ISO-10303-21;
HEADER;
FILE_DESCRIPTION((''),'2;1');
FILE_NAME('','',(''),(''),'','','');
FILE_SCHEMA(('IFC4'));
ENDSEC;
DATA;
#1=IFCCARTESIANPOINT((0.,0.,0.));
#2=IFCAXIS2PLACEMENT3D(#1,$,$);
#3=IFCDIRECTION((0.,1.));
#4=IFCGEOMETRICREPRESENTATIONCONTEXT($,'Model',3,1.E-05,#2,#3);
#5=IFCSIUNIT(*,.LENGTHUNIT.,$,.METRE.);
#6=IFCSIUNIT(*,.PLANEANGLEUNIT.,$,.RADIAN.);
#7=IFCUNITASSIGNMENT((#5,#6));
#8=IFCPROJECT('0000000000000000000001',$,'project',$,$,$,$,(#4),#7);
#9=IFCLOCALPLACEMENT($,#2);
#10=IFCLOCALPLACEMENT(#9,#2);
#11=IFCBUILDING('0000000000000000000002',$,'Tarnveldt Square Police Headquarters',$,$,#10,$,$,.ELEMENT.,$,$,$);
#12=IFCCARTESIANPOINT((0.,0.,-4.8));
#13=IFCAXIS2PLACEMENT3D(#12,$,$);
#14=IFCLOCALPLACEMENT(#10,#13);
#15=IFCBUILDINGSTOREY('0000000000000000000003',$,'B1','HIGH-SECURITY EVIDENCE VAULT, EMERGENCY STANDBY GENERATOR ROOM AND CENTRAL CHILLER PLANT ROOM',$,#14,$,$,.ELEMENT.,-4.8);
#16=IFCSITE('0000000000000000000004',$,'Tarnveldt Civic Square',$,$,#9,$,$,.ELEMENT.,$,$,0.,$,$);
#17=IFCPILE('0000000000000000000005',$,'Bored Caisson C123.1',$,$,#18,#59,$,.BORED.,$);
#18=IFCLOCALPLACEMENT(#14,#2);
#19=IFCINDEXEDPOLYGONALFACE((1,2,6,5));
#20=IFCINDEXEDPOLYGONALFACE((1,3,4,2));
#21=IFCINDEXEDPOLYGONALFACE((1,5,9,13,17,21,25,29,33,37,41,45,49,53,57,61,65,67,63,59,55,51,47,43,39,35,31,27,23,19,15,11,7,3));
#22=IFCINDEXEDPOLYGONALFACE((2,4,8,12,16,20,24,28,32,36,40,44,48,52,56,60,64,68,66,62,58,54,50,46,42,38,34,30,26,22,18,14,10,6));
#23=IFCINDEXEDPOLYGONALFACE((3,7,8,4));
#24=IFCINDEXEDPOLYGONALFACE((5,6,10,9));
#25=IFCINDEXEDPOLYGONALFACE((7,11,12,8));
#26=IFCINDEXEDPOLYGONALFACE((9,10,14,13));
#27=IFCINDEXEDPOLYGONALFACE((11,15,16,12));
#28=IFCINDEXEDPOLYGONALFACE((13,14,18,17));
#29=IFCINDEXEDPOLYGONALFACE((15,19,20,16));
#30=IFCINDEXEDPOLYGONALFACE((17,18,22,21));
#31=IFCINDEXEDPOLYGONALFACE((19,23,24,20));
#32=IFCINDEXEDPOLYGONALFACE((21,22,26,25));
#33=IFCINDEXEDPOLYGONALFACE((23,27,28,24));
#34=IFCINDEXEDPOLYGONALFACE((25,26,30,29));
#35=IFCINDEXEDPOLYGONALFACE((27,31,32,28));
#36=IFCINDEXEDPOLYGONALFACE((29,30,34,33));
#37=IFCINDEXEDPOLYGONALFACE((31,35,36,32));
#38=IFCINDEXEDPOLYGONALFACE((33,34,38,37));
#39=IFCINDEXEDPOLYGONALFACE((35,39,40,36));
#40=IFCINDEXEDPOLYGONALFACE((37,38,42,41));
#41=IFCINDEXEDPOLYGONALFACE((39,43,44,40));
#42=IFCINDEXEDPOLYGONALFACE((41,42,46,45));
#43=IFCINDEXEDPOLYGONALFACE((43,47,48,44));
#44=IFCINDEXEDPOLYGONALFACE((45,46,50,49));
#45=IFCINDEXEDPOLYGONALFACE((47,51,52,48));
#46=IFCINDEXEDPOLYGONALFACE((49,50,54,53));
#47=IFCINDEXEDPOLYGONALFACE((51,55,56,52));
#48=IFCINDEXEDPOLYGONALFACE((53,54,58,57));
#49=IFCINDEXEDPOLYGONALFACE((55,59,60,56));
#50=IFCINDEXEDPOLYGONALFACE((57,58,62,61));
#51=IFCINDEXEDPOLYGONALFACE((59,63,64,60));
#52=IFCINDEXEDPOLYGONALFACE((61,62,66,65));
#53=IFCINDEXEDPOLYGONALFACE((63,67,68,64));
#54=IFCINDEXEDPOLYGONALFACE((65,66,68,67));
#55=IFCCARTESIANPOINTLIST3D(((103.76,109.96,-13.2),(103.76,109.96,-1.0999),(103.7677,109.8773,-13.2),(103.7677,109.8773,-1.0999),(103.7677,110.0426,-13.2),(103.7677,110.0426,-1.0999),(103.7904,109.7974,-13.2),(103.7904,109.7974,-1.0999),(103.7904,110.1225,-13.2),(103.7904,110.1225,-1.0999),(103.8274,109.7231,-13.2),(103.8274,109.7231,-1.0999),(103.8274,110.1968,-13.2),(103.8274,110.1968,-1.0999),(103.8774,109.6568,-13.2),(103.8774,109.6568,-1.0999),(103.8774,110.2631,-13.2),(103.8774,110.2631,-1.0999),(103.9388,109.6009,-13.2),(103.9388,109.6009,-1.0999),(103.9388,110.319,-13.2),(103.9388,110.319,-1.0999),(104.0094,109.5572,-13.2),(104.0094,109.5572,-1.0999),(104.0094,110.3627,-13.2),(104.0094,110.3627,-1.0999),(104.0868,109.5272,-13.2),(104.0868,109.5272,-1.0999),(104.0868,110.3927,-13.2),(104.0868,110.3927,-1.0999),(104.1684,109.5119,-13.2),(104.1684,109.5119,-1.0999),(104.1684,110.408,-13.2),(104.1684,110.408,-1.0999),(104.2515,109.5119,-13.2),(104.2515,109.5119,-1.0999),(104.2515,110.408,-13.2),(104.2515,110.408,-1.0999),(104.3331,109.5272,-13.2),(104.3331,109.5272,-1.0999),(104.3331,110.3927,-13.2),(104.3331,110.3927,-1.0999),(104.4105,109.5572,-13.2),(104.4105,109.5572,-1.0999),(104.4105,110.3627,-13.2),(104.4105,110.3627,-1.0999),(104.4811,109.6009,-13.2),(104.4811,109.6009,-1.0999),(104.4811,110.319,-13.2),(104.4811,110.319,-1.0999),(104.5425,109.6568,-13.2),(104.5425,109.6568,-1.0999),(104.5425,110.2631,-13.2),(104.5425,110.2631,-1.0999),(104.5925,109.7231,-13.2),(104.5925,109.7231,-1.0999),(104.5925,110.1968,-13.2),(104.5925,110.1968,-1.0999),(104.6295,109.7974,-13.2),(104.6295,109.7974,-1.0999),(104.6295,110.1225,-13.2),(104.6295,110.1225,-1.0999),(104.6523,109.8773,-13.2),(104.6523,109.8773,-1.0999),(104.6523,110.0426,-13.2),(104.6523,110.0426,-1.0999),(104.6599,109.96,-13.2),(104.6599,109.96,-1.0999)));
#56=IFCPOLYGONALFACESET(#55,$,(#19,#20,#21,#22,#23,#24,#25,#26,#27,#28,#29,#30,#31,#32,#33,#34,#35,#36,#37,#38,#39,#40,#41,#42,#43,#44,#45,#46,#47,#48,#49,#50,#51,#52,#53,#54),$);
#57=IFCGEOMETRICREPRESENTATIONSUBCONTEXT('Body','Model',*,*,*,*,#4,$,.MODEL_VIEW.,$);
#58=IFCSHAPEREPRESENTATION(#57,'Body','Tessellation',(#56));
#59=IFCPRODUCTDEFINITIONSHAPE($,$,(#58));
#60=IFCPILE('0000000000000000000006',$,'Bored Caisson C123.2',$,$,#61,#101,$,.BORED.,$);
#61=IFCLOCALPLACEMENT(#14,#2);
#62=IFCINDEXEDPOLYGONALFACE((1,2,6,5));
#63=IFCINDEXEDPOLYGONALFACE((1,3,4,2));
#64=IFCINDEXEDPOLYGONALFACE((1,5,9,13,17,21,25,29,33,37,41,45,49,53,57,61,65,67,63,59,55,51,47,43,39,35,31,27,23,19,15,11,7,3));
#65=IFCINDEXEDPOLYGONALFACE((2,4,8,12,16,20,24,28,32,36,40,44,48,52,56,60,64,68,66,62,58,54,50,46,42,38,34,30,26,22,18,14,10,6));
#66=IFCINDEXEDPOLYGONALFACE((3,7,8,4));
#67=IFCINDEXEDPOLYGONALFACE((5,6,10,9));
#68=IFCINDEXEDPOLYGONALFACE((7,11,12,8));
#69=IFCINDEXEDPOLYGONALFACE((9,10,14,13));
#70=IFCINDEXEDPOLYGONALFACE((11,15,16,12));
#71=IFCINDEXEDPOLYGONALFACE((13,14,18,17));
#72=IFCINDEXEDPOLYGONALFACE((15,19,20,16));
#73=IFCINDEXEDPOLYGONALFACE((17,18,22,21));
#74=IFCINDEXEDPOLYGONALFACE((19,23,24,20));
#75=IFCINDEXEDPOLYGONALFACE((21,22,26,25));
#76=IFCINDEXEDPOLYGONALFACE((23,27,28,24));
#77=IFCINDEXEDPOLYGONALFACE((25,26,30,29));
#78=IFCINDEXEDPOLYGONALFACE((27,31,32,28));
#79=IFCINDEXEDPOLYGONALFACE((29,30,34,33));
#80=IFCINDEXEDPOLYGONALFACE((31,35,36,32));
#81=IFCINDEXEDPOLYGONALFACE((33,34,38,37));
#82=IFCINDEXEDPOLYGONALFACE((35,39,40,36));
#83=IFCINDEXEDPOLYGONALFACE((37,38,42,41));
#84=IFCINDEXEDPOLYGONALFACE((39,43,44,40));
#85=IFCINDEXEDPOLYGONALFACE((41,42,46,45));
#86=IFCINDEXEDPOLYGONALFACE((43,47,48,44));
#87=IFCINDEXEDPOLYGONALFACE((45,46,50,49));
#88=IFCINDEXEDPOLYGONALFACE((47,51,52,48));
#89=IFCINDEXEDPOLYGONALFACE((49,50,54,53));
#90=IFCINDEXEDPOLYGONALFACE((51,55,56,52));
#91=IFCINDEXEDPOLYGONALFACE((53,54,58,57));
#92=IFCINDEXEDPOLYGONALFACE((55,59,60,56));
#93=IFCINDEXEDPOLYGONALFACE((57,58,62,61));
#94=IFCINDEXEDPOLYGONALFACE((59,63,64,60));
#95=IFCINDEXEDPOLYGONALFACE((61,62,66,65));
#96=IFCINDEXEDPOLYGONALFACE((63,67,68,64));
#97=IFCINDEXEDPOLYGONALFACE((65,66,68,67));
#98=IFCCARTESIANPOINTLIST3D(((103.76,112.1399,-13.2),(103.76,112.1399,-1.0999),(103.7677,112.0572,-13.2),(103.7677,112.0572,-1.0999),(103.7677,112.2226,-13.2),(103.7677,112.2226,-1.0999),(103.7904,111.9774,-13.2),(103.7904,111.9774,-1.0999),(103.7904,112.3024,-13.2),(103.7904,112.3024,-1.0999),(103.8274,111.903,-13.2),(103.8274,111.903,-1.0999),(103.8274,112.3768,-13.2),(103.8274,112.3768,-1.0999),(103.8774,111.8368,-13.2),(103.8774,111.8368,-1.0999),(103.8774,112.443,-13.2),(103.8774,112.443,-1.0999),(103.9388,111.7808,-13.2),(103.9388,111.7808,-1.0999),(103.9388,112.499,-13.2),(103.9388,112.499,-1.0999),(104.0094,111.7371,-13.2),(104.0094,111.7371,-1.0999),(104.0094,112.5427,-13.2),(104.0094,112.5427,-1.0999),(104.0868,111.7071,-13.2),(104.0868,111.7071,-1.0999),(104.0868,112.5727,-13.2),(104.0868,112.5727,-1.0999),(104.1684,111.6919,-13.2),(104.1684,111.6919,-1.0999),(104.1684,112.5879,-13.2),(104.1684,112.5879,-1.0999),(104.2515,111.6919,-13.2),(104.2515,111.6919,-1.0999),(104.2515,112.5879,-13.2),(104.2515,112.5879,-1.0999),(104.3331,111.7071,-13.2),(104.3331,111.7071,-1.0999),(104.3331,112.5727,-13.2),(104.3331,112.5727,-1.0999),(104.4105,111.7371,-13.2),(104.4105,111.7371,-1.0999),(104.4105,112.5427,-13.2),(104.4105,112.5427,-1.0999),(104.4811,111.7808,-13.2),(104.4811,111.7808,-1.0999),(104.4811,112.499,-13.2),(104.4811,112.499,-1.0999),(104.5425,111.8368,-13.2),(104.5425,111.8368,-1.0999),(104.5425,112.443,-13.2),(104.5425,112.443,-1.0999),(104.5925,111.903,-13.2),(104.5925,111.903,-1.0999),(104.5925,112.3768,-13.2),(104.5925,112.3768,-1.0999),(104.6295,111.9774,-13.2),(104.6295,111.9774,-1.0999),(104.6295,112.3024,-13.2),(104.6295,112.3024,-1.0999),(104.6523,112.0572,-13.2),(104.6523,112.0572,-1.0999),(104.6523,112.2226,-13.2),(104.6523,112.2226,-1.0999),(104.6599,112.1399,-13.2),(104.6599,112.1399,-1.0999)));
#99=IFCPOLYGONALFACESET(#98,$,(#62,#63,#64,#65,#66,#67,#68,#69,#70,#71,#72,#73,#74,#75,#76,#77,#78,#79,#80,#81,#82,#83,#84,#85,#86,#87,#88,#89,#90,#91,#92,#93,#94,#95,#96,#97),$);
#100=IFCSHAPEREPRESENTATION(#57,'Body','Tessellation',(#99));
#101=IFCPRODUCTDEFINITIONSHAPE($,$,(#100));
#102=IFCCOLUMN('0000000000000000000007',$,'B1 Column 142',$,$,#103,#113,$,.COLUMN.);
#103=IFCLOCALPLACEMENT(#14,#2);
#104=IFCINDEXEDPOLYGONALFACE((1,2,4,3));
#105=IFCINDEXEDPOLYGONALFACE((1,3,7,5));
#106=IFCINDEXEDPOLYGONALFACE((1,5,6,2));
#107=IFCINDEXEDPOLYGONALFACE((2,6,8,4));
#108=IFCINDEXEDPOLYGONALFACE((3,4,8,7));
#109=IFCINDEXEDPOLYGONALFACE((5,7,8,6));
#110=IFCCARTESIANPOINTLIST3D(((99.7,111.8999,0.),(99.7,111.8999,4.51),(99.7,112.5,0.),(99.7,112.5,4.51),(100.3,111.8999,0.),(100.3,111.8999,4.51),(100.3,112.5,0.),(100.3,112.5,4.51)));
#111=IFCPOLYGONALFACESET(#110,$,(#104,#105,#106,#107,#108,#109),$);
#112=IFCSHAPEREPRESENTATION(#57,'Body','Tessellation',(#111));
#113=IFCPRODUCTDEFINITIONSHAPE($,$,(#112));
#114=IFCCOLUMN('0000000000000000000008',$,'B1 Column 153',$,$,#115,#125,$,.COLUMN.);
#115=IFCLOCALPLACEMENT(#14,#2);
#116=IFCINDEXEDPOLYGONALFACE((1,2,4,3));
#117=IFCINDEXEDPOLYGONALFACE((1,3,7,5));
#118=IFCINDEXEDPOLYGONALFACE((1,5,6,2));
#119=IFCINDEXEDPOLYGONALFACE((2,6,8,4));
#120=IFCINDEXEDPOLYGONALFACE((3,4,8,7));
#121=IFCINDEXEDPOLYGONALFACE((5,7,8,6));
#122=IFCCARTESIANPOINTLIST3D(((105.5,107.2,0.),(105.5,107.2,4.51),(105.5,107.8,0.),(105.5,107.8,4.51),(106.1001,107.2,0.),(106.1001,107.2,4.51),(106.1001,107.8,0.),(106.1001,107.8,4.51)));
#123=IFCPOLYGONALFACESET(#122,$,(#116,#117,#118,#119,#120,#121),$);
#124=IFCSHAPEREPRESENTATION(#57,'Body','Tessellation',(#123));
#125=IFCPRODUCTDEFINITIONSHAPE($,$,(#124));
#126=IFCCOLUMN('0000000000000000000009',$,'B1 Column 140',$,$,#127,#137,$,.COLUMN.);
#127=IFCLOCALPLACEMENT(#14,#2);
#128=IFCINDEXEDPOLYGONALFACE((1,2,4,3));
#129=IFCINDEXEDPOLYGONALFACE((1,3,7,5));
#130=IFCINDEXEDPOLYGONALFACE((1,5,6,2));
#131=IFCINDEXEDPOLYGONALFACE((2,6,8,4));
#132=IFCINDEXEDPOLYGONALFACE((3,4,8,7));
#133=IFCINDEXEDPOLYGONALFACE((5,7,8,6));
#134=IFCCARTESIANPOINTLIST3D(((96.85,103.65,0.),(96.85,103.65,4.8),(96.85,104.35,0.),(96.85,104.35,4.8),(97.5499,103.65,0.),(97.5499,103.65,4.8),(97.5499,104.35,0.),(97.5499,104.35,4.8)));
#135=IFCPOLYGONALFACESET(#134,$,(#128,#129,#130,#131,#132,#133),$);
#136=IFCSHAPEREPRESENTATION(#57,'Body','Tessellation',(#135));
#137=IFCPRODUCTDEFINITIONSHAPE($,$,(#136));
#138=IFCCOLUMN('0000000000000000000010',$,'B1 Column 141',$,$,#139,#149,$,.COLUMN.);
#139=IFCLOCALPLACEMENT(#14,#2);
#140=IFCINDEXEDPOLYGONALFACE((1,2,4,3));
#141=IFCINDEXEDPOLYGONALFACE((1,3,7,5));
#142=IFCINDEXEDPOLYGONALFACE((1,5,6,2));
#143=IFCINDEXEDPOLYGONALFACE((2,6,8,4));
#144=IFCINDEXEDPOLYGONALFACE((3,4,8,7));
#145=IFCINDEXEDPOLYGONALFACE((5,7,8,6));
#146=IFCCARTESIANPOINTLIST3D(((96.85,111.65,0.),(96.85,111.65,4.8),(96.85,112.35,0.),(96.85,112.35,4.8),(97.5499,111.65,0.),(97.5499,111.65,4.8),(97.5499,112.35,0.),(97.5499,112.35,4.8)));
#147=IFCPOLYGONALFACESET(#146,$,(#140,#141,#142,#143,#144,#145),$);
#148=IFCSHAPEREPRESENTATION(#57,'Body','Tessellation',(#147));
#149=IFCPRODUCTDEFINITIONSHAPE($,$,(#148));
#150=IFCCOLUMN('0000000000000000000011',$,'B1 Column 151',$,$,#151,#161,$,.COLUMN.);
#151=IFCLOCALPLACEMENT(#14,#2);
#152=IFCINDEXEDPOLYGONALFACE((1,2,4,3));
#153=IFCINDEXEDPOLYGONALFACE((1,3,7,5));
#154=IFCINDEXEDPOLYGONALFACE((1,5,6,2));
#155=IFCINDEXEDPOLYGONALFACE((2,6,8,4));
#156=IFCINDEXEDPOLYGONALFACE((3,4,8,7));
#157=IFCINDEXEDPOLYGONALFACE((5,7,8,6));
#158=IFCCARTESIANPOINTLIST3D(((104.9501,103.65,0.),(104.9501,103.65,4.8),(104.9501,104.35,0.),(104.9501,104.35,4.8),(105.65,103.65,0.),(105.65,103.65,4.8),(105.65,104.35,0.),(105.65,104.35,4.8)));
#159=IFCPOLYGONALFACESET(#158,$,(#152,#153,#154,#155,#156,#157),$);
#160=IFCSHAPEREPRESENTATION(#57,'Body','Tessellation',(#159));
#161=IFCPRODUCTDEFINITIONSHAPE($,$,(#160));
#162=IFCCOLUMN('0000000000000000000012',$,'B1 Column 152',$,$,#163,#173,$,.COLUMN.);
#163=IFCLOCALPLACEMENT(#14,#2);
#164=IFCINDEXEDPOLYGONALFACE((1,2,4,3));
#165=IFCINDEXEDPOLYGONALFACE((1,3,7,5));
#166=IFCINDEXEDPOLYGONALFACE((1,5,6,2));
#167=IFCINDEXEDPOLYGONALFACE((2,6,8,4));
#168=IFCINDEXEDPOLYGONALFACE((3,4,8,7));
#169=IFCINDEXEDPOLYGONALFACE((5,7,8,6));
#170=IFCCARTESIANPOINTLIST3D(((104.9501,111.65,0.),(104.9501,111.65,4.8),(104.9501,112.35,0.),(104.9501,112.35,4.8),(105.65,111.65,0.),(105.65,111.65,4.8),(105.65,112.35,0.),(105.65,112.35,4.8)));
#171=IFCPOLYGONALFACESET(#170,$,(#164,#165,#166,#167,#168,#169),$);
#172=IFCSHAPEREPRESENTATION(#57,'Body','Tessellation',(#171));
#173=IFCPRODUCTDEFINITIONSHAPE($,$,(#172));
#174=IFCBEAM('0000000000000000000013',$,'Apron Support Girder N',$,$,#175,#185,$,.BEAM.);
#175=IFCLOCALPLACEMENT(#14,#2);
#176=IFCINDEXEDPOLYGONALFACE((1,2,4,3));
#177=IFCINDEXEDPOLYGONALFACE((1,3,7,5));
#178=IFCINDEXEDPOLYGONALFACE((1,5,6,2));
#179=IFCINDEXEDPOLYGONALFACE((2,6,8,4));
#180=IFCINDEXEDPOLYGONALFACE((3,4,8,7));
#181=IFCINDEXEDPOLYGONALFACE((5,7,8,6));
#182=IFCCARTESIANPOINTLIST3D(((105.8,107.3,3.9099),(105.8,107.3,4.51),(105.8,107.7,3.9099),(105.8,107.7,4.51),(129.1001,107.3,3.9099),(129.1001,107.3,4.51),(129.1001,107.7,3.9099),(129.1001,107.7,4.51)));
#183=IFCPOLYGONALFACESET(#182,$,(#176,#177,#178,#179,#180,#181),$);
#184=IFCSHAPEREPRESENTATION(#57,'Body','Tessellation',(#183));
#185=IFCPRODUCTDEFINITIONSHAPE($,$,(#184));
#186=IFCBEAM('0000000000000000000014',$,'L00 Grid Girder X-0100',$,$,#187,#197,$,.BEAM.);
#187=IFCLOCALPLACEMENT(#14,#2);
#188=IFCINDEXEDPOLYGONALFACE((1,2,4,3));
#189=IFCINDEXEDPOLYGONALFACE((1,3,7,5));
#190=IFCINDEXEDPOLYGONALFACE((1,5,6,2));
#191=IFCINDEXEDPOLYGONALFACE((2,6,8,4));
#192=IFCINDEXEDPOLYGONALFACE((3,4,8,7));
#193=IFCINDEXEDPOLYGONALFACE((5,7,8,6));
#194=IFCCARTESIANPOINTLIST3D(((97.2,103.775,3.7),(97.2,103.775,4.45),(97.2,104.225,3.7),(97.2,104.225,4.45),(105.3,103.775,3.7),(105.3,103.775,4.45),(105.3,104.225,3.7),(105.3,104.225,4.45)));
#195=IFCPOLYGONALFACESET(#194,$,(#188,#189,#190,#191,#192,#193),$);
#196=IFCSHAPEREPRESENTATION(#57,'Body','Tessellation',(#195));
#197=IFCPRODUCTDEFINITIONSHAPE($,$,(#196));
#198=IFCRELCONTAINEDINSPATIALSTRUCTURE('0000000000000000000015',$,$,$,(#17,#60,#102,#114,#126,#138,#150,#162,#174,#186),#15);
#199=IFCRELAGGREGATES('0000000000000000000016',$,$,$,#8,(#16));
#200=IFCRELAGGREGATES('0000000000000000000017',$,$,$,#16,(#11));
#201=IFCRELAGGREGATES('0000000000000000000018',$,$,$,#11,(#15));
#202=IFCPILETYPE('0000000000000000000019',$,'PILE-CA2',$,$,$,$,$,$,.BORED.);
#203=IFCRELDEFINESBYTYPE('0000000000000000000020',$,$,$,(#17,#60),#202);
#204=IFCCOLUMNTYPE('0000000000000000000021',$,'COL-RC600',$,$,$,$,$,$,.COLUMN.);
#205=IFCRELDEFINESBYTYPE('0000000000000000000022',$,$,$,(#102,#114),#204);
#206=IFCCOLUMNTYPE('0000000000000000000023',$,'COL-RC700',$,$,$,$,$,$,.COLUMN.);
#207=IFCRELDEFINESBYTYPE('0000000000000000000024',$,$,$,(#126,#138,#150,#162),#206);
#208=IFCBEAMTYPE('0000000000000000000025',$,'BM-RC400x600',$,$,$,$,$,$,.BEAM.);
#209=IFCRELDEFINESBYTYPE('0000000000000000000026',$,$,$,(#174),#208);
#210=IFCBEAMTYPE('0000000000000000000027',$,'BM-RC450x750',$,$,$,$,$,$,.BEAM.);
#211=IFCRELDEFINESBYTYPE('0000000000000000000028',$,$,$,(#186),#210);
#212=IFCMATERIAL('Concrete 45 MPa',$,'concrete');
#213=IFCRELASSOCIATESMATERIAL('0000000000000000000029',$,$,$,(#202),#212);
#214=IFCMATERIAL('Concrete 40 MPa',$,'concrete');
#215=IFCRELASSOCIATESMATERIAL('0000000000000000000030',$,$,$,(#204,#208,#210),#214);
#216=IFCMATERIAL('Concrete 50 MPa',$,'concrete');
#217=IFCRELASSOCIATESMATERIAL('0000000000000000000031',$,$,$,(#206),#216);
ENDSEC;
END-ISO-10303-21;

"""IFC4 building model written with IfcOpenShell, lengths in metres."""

from ifc_helpers import new_model, si_unit, direction, frame, origin, origin_2d, place, context, subcontext, project, spatial, rectangle, circle, extrude, material, material_profile, profile_set, type_object, element, save


model = new_model("IFC4")

# Units and contexts
model_context = context("Model", 3, precision=1e-05, world=origin(), true_north=direction((0.0, 1.0)))
body_context = subcontext(model_context, "Body", "Model", "MODEL_VIEW")
ifc_project = project(units=[si_unit("LENGTHUNIT", "METRE"), si_unit("PLANEANGLEUNIT", "RADIAN")], contexts=[model_context])

# Site, building, storey
site_placement = place(None, origin())
site = spatial("IfcSite", under=ifc_project, at=site_placement, Name="Tarnveldt Civic Square", CompositionType="ELEMENT", RefElevation=0.0)
building_placement = place(site_placement, origin())
building = spatial("IfcBuilding", under=site, at=building_placement, Name="Tarnveldt Square Police Headquarters", CompositionType="ELEMENT")
storey_placement = place(building_placement, frame((0.0, 0.0, -4.8)))
storey = spatial("IfcBuildingStorey", under=building, at=storey_placement, Name="B1", Description="HIGH-SECURITY EVIDENCE VAULT, EMERGENCY STANDBY GENERATOR ROOM AND CENTRAL CHILLER PLANT ROOM", CompositionType="ELEMENT", Elevation=-4.8)

# Shared definitions
ifc_material_1 = material(Name="Concrete 45 MPa", Category="concrete")
ifc_material_2 = material(Name="Concrete 40 MPa", Category="concrete")

# Piles
ifc_material_profile_1 = material_profile(ifc_material_1, circle(Radius=0.45, at=origin_2d()), Name="CAISSON-D900")
ifc_profile_set_1 = profile_set([ifc_material_profile_1], Name="Concrete 45 MPa")
pile_type = type_object("IfcPileType", Name="PILE-CA2", PredefinedType="BORED", material=ifc_profile_set_1)
for number, where, z_axis, x_axis, name in (
    (1, (104.21, 109.96, -1.0999), (0.0, 0.0, -1.0), (1.0, 0.0, 0.0), "Bored Caisson C123.1"),
    (2, (104.21, 112.1399, -1.0999), (0.0, 0.0, -1.0), (1.0, 0.0, 0.0), "Bored Caisson C123.2"),
):
    element("IfcPile", number, at=place(storey_placement, frame(where, z_axis=z_axis, x_axis=x_axis)), inside=storey, type_object=pile_type, Name=name, PredefinedType="BORED", context=body_context, shape_type="SweptSolid", body=[
        extrude(circle(Radius=0.45, at=origin_2d()), origin(), (0.0, 0.0, 1.0), 12.1001),
    ])

# Columns
ifc_material_profile_2 = material_profile(ifc_material_2, rectangle(XDim=0.6001, YDim=0.6001, at=origin_2d()), Name="RC-C600x600")
ifc_profile_set_2 = profile_set([ifc_material_profile_2], Name="Concrete 40 MPa")
column_type_1 = type_object("IfcColumnType", Name="COL-RC600", PredefinedType="COLUMN", material=ifc_profile_set_2)
for number, where, z_axis, x_axis, name in (
    (3, (100.0, 112.2, 0.0), (0.0, 0.0, 1.0), (1.0, 0.0, 0.0), "B1 Column 142"),
    (4, (105.8, 107.5, 0.0), (0.0, 0.0, 1.0), (1.0, 0.0, 0.0), "B1 Column 153"),
):
    element("IfcColumn", number, at=place(storey_placement, frame(where, z_axis=z_axis, x_axis=x_axis)), inside=storey, type_object=column_type_1, Name=name, PredefinedType="COLUMN", context=body_context, shape_type="SweptSolid", body=[
        extrude(rectangle(XDim=0.6001, YDim=0.6001, at=origin_2d()), origin(), (0.0, 0.0, 1.0), 4.51),
    ])
ifc_material_3 = material(Name="Concrete 50 MPa", Category="concrete")
ifc_material_profile_3 = material_profile(ifc_material_3, rectangle(XDim=0.7, YDim=0.7, at=origin_2d()), Name="RC-C700x700")
ifc_profile_set_3 = profile_set([ifc_material_profile_3], Name="Concrete 50 MPa")
column_type_2 = type_object("IfcColumnType", Name="COL-RC700", PredefinedType="COLUMN", material=ifc_profile_set_3)
for number, where, z_axis, x_axis, name in (
    (5, (97.2, 104.0, 0.0), (0.0, 0.0, 1.0), (1.0, 0.0, 0.0), "B1 Column 140"),
    (6, (97.2, 112.0, 0.0), (0.0, 0.0, 1.0), (1.0, 0.0, 0.0), "B1 Column 141"),
    (7, (105.3, 104.0, 0.0), (0.0, 0.0, 1.0), (1.0, 0.0, 0.0), "B1 Column 151"),
    (8, (105.3, 112.0, 0.0), (0.0, 0.0, 1.0), (1.0, 0.0, 0.0), "B1 Column 152"),
):
    element("IfcColumn", number, at=place(storey_placement, frame(where, z_axis=z_axis, x_axis=x_axis)), inside=storey, type_object=column_type_2, Name=name, PredefinedType="COLUMN", context=body_context, shape_type="SweptSolid", body=[
        extrude(rectangle(XDim=0.7, YDim=0.7, at=origin_2d()), origin(), (0.0, 0.0, 1.0), 4.8),
    ])

# Beams
ifc_material_profile_4 = material_profile(ifc_material_2, rectangle(XDim=0.3999, YDim=0.6001, at=origin_2d()), Name="RC-B400x600")
ifc_profile_set_4 = profile_set([ifc_material_profile_4], Name="Concrete 40 MPa")
beam_type_1 = type_object("IfcBeamType", Name="BM-RC400x600", PredefinedType="BEAM", material=ifc_profile_set_4)
beam_1_placement = place(storey_placement, frame((105.8, 107.5, 4.21), z_axis=(1.0, 0.0, 0.0), x_axis=(0.0, 1.0, 0.0)))
element("IfcBeam", 9, at=beam_1_placement, inside=storey, type_object=beam_type_1, Name="Apron Support Girder N", PredefinedType="BEAM", context=body_context, shape_type="SweptSolid", body=[
    extrude(rectangle(XDim=0.3999, YDim=0.6001, at=origin_2d()), origin(), (0.0, 0.0, 1.0), 23.3),
])
ifc_material_profile_5 = material_profile(ifc_material_2, rectangle(XDim=0.45, YDim=0.75, at=origin_2d()), Name="RC-B450x750")
ifc_profile_set_5 = profile_set([ifc_material_profile_5], Name="Concrete 40 MPa")
beam_type_2 = type_object("IfcBeamType", Name="BM-RC450x750", PredefinedType="BEAM", material=ifc_profile_set_5)
beam_2_placement = place(storey_placement, frame((97.2, 104.0, 4.075), z_axis=(1.0, 0.0, 0.0), x_axis=(0.0, 1.0, 0.0)))
element("IfcBeam", 10, at=beam_2_placement, inside=storey, type_object=beam_type_2, Name="L00 Grid Girder X-0100", PredefinedType="BEAM", context=body_context, shape_type="SweptSolid", body=[
    extrude(rectangle(XDim=0.45, YDim=0.75, at=origin_2d()), origin(), (0.0, 0.0, 1.0), 8.1001),
])

save(model, "model.ifc")
